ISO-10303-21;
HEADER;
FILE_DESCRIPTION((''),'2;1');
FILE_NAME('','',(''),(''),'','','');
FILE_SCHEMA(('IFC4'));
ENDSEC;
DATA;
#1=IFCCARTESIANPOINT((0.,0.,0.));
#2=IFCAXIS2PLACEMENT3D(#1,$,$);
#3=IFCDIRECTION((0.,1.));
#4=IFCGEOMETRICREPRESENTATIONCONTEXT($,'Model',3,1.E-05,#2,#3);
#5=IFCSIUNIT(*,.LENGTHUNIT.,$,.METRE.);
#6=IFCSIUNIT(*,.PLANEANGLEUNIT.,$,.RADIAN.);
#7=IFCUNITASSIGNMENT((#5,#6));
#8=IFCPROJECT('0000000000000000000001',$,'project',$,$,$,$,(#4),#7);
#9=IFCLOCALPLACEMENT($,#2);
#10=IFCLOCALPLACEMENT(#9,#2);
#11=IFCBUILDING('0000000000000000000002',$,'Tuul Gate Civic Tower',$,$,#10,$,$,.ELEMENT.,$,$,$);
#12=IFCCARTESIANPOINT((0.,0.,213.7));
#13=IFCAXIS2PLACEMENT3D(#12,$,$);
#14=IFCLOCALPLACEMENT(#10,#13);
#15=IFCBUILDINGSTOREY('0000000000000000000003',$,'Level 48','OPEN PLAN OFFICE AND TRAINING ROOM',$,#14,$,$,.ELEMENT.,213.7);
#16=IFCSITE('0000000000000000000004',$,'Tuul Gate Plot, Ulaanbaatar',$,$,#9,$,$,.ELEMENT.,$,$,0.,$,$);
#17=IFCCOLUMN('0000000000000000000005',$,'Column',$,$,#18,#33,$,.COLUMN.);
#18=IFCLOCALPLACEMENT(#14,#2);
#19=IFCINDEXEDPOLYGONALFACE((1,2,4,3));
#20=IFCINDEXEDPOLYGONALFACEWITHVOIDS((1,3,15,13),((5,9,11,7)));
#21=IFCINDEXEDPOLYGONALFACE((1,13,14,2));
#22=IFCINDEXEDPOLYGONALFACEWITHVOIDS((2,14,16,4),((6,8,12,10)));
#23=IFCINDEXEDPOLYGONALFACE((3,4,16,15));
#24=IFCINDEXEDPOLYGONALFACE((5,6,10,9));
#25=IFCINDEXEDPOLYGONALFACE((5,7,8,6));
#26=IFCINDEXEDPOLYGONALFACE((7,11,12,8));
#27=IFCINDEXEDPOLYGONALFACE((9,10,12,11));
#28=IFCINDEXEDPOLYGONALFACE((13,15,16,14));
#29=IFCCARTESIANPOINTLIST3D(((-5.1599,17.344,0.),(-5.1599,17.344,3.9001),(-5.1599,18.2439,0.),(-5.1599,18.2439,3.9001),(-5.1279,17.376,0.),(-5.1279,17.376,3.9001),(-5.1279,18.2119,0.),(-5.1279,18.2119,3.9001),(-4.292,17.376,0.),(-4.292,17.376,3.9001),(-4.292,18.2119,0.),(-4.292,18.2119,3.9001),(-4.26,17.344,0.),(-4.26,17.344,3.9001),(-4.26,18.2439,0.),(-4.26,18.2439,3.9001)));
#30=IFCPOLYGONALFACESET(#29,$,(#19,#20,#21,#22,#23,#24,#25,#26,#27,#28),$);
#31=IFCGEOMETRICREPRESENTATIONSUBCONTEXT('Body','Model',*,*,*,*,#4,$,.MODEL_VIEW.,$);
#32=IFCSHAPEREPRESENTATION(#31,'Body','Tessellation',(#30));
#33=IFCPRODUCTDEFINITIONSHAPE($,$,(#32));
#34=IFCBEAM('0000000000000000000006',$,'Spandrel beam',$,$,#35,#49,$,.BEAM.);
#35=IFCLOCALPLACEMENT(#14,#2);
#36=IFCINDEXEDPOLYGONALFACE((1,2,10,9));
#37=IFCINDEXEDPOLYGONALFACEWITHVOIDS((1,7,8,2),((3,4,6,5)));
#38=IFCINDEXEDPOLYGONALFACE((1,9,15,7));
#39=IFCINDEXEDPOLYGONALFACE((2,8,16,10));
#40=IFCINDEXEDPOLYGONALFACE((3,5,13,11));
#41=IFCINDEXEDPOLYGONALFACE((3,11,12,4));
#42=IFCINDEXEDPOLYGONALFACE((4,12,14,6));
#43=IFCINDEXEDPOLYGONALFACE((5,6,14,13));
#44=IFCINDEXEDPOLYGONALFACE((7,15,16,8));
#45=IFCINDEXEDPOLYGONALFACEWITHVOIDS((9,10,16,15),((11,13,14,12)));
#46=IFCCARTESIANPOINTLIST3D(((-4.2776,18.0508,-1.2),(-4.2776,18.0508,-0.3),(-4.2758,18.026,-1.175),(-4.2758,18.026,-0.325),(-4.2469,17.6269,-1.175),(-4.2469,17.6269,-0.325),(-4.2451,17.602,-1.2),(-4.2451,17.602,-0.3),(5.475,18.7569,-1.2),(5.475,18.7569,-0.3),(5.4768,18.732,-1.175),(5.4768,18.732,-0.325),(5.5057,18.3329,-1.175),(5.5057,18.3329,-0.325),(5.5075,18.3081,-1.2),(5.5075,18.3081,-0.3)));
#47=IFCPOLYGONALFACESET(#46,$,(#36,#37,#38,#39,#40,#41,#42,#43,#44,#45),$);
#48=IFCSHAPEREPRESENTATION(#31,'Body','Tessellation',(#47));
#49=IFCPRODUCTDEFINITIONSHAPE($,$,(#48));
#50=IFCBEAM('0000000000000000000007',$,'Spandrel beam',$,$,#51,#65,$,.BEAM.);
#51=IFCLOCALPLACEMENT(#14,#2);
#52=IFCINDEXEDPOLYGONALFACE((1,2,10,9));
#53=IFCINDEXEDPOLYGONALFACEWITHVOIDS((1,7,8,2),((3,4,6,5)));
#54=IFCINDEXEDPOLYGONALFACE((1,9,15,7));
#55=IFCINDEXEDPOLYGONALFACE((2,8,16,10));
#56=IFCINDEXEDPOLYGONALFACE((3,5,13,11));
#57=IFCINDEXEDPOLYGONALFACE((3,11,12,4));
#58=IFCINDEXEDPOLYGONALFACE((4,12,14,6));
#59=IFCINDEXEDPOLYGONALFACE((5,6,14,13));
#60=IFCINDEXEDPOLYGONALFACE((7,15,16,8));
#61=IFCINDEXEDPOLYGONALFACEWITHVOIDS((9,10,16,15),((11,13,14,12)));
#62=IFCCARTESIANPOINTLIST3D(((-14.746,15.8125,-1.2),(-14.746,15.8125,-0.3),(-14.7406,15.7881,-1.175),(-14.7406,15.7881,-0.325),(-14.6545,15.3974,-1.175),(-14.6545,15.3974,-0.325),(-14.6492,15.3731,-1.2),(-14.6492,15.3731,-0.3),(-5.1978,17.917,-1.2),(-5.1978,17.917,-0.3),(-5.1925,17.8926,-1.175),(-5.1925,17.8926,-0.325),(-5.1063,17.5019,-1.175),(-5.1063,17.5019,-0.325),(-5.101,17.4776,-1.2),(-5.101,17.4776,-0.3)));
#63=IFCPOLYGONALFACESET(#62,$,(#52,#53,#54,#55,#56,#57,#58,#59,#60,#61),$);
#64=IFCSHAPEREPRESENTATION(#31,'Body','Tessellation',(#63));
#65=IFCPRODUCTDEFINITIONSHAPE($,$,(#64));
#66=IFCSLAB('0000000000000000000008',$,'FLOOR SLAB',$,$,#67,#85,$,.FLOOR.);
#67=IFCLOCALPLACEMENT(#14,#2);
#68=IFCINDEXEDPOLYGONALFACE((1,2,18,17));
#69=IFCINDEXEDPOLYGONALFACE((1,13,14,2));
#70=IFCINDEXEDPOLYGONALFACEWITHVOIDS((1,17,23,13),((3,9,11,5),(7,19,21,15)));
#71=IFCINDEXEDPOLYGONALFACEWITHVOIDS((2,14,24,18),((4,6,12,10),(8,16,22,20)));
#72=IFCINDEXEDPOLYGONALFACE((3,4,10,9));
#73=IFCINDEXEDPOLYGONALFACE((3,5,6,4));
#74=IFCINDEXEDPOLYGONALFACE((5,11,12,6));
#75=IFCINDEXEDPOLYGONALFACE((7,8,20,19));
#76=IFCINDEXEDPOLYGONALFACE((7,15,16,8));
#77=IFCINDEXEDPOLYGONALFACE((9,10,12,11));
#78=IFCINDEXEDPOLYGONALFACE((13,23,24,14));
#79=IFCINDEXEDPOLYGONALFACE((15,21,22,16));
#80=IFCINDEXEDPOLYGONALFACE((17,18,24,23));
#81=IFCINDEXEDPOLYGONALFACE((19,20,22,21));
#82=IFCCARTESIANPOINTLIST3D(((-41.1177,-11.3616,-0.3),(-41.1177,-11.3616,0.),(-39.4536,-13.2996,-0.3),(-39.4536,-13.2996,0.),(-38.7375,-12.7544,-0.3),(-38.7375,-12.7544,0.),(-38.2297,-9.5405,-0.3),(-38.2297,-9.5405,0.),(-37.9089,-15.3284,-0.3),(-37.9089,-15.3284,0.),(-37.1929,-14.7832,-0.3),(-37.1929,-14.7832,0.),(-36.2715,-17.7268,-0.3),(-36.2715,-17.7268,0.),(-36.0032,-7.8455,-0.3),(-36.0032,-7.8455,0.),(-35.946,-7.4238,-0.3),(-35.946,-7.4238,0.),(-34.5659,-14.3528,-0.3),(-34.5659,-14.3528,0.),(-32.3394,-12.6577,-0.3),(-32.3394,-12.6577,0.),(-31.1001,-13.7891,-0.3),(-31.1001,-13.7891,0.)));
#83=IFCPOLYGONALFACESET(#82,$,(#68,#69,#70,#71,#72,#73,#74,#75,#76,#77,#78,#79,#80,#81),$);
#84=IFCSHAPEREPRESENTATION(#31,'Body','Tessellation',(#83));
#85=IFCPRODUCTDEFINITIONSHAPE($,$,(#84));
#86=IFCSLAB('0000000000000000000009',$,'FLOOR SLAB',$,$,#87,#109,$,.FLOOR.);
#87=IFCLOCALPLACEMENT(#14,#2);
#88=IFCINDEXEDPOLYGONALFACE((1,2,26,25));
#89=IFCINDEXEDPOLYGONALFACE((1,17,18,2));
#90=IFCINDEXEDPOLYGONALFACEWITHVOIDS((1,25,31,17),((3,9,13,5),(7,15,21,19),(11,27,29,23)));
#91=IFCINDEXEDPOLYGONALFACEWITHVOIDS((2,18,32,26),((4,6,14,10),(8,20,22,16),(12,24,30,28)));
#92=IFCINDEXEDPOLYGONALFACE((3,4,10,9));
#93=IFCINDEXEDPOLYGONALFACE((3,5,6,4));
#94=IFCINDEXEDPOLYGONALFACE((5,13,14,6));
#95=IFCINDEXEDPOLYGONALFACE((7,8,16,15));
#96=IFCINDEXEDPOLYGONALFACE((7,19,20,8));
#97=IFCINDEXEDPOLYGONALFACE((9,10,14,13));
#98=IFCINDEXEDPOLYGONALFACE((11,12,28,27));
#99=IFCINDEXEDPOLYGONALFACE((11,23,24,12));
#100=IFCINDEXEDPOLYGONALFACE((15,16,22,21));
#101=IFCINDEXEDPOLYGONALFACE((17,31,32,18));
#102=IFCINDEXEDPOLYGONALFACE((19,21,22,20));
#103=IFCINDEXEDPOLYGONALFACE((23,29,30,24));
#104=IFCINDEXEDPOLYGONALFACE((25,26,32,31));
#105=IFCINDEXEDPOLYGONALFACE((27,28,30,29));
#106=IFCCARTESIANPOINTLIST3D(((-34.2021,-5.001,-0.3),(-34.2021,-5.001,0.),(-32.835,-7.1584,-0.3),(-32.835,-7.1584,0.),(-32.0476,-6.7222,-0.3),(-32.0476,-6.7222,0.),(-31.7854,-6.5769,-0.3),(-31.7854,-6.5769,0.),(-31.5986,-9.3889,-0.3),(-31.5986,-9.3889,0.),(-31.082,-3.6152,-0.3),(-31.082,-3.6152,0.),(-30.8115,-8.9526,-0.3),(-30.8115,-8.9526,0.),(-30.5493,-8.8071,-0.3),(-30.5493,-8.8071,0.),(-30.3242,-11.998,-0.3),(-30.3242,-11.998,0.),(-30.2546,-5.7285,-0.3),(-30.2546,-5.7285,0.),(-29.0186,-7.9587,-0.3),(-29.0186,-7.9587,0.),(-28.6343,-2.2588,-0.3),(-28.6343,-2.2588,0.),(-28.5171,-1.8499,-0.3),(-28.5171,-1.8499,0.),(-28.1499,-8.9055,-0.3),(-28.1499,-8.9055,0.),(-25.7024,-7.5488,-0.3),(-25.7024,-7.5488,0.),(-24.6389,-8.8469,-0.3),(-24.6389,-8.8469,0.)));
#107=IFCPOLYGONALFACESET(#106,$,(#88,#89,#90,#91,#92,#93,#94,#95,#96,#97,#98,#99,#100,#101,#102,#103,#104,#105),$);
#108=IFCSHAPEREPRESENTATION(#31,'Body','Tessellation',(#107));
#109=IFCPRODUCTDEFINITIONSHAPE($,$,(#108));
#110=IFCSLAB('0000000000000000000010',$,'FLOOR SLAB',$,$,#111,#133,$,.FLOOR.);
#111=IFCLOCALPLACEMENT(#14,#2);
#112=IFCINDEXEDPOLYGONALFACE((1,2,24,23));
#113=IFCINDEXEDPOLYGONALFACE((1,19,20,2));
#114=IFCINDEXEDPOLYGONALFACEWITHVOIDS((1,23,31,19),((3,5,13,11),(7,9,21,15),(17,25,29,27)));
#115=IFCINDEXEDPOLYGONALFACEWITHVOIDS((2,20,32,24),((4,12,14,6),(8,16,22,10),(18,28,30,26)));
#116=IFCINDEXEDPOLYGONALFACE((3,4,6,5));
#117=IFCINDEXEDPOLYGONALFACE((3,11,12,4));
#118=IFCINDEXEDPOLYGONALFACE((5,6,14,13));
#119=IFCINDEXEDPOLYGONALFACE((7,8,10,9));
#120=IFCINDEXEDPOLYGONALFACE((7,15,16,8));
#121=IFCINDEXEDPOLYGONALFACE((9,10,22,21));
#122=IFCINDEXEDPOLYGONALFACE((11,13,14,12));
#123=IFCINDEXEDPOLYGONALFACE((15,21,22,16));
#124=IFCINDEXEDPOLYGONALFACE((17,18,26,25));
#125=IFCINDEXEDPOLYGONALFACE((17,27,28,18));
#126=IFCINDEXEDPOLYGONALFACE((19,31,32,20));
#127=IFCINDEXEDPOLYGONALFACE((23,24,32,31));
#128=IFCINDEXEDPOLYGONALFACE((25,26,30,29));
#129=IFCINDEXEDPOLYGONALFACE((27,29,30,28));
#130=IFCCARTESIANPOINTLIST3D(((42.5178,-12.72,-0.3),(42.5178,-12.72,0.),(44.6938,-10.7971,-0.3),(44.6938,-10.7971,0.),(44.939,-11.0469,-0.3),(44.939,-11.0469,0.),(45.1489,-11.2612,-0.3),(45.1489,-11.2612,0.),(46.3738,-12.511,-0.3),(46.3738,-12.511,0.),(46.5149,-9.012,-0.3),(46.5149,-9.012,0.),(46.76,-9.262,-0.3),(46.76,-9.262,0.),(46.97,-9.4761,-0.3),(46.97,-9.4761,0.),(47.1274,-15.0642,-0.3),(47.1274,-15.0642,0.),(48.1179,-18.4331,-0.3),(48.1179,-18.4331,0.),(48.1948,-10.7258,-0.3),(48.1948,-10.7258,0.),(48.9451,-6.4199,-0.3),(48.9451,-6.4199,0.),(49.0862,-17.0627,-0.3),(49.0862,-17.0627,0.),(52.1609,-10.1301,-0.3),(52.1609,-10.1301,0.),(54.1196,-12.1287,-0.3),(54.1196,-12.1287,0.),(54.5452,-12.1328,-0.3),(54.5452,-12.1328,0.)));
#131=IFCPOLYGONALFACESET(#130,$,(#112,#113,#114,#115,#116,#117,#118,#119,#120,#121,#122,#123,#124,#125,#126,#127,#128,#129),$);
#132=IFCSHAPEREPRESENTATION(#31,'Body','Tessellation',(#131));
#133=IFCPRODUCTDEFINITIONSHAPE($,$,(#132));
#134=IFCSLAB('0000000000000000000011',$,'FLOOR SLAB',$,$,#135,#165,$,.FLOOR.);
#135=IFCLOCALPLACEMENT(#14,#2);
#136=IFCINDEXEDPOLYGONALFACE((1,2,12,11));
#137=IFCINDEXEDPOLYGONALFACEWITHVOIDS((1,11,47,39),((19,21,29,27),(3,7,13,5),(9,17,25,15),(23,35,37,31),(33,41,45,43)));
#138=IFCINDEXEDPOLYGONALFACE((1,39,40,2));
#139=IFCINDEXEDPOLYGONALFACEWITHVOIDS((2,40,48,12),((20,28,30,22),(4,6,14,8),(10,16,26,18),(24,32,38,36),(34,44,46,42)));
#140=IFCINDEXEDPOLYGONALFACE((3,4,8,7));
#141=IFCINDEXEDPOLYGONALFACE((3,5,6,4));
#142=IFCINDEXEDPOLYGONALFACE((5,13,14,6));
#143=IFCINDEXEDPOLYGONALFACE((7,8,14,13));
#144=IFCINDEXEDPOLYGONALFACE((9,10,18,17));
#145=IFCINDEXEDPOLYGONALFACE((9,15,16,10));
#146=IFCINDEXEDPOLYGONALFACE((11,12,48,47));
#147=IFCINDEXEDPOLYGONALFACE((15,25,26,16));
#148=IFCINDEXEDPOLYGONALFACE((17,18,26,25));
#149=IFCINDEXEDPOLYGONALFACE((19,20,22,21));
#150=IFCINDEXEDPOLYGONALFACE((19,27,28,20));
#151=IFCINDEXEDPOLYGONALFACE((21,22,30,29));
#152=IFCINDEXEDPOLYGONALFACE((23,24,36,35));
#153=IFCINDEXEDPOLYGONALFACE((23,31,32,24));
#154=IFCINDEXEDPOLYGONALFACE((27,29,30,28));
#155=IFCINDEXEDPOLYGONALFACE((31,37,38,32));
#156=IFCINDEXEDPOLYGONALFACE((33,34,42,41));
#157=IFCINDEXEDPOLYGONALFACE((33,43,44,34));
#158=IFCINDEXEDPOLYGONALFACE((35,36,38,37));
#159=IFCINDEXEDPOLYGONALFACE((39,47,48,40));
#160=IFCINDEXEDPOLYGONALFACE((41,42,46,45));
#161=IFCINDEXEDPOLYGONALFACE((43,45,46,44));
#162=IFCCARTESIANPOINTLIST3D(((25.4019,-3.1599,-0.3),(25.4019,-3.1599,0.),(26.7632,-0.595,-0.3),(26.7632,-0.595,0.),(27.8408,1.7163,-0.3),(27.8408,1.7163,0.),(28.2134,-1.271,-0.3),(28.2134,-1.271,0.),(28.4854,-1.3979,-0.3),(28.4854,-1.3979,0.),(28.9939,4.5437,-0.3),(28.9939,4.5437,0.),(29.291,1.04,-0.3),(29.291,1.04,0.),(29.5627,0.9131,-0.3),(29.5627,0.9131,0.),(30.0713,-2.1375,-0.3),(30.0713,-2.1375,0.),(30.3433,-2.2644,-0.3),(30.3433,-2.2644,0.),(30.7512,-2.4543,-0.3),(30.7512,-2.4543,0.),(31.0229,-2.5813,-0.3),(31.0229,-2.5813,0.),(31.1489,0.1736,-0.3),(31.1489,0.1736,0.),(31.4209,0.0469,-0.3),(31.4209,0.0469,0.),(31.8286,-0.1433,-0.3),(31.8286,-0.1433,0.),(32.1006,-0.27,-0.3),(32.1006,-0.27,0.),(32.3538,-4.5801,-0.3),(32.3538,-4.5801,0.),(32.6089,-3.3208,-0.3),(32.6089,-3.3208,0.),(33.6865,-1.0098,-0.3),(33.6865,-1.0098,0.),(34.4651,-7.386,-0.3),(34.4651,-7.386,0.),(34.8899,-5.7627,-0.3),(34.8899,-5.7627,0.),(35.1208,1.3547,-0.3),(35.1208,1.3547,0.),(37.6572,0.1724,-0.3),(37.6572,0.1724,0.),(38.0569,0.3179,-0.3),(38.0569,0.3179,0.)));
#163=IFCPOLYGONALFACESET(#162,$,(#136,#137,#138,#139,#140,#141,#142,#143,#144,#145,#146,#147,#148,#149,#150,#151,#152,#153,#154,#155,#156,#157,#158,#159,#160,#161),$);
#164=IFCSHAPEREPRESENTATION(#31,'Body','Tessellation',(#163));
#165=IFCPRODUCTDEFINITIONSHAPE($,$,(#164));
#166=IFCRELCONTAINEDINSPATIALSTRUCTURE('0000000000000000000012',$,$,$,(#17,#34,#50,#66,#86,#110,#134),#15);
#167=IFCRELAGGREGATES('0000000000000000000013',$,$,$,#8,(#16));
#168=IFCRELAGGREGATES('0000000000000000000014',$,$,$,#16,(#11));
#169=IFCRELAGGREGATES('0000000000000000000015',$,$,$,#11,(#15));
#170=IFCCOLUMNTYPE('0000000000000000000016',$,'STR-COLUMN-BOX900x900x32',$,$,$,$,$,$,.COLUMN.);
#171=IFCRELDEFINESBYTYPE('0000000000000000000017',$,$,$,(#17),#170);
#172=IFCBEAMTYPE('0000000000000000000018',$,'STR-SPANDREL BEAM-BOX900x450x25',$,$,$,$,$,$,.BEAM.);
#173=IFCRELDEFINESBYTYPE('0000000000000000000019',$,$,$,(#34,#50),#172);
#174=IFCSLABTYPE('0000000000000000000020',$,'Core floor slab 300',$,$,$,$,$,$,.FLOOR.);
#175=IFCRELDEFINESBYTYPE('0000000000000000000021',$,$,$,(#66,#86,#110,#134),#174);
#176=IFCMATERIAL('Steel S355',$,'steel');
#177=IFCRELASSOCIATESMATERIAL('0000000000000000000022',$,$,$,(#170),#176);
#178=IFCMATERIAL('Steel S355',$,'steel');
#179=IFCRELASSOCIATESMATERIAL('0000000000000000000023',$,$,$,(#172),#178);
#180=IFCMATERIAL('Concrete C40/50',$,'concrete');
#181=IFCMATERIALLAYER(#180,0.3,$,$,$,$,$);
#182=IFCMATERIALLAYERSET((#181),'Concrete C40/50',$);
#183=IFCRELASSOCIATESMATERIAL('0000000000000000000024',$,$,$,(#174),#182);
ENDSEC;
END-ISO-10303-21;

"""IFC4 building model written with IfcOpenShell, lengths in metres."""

from ifc_helpers import new_model, si_unit, direction, frame, origin, origin_2d, place, context, subcontext, project, spatial, polyline, hollow_rectangle, outline, extrude, material, layer, layer_set, material_profile, profile_set, type_object, element, save


model = new_model("IFC4")

# Units and contexts
model_context = context("Model", 3, precision=1e-05, world=origin(), true_north=direction((0.0, 1.0)))
body_context = subcontext(model_context, "Body", "Model", "MODEL_VIEW")
ifc_project = project(units=[si_unit("LENGTHUNIT", "METRE"), si_unit("PLANEANGLEUNIT", "RADIAN")], contexts=[model_context])

# Site, building, storey
site_placement = place(None, origin())
site = spatial("IfcSite", under=ifc_project, at=site_placement, Name="Tuul Gate Plot, Ulaanbaatar", CompositionType="ELEMENT", RefElevation=0.0)
building_placement = place(site_placement, origin())
building = spatial("IfcBuilding", under=site, at=building_placement, Name="Tuul Gate Civic Tower", CompositionType="ELEMENT")
storey_placement = place(building_placement, frame((0.0, 0.0, 213.7)))
storey = spatial("IfcBuildingStorey", under=building, at=storey_placement, Name="Level 48", Description="OPEN PLAN OFFICE AND TRAINING ROOM", CompositionType="ELEMENT", Elevation=213.7)

# Column
ifc_material_1 = material(Name="Steel S355", Category="steel")
ifc_material_profile_1 = material_profile(ifc_material_1, hollow_rectangle(XDim=0.8999, YDim=0.8999, WallThickness=0.032, at=origin_2d()), Name="BOX900x900x32")
ifc_profile_set_1 = profile_set([ifc_material_profile_1], Name="Steel S355")
column_type = type_object("IfcColumnType", Name="STR-COLUMN-BOX900x900x32", PredefinedType="COLUMN", material=ifc_profile_set_1)
column_placement = place(storey_placement, frame((-4.71, 17.7939, 0.0), z_axis=(0.0, 0.0, 1.0), x_axis=(1.0, 0.0, 0.0)))
element("IfcColumn", 1, at=column_placement, inside=storey, type_object=column_type, Name="Column", PredefinedType="COLUMN", context=body_context, shape_type="SweptSolid", body=[
    extrude(hollow_rectangle(XDim=0.8999, YDim=0.8999, WallThickness=0.032, at=origin_2d()), origin(), (0.0, 0.0, 1.0), 3.9001),
])

# Beams
ifc_material_2 = material(Name="Steel S355", Category="steel")
ifc_material_profile_2 = material_profile(ifc_material_2, hollow_rectangle(XDim=0.45, YDim=0.8999, WallThickness=0.0249, at=origin_2d()), Name="BOX900x450x25")
ifc_profile_set_2 = profile_set([ifc_material_profile_2], Name="Steel S355")
beam_type = type_object("IfcBeamType", Name="STR-SPANDREL BEAM-BOX900x450x25", PredefinedType="BEAM", material=ifc_profile_set_2)
beam_1_placement = place(storey_placement, frame((5.4912, 18.5325, -0.75), z_axis=(-0.99739, -0.072209, 0.0), x_axis=(0.072209, -0.99739, 0.0)))
element("IfcBeam", 2, at=beam_1_placement, inside=storey, type_object=beam_type, Name="Spandrel beam", PredefinedType="BEAM", context=body_context, shape_type="SweptSolid", body=[
    extrude(hollow_rectangle(XDim=0.45, YDim=0.8999, WallThickness=0.0249, at=origin_2d()), origin(), (0.0, 0.0, 1.0), 9.7781),
])
beam_2_placement = place(storey_placement, frame((-5.1494, 17.6973, -0.75), z_axis=(-0.97656, -0.215243, 0.0), x_axis=(0.215243, -0.97656, 0.0)))
element("IfcBeam", 3, at=beam_2_placement, inside=storey, type_object=beam_type, Name="Spandrel beam", PredefinedType="BEAM", context=body_context, shape_type="SweptSolid", body=[
    extrude(hollow_rectangle(XDim=0.45, YDim=0.8999, WallThickness=0.0249, at=origin_2d()), origin(), (0.0, 0.0, 1.0), 9.7773),
])

# Slabs
ifc_material_3 = material(Name="Concrete C40/50", Category="concrete")
ifc_layer_1 = layer(ifc_material_3, 0.3)
ifc_layer_set_1 = layer_set([ifc_layer_1], Name="Concrete C40/50")
slab_type_1 = type_object("IfcSlabType", Name="Core floor slab 300", PredefinedType="FLOOR", material=ifc_layer_set_1)
slab_1_placement = place(storey_placement, frame((0.0, 0.0, -0.3)))
element("IfcSlab", 4, at=slab_1_placement, inside=storey, type_object=slab_type_1, Name="FLOOR SLAB", PredefinedType="FLOOR", context=body_context, shape_type="SweptSolid", body=[
    extrude(outline(polyline([(-31.1001, -13.7891), (-35.946, -7.4238), (-41.1177, -11.3616), (-36.2715, -17.7268), (-31.1001, -13.7891)]), holes=[polyline([(-37.1929, -14.7832), (-38.7375, -12.7544), (-39.4536, -13.2996), (-37.9089, -15.3284), (-37.1929, -14.7832)]), polyline([(-32.3394, -12.6577), (-34.5659, -14.3528), (-38.2297, -9.5405), (-36.0032, -7.8455), (-32.3394, -12.6577)])]), origin(), (0.0, 0.0, 1.0), 0.3),
])
slab_2_placement = place(storey_placement, frame((0.0, 0.0, -0.3)))
element("IfcSlab", 5, at=slab_2_placement, inside=storey, type_object=slab_type_1, Name="FLOOR SLAB", PredefinedType="FLOOR", context=body_context, shape_type="SweptSolid", body=[
    extrude(outline(polyline([(-24.6389, -8.8469), (-28.5171, -1.8499), (-34.2021, -5.001), (-30.3242, -11.998), (-24.6389, -8.8469)]), holes=[polyline([(-29.0186, -7.9587), (-30.2546, -5.7285), (-31.7854, -6.5769), (-30.5493, -8.8071), (-29.0186, -7.9587)]), polyline([(-30.8115, -8.9526), (-32.0476, -6.7222), (-32.835, -7.1584), (-31.5986, -9.3889), (-30.8115, -8.9526)]), polyline([(-25.7024, -7.5488), (-28.1499, -8.9055), (-31.082, -3.6152), (-28.6343, -2.2588), (-25.7024, -7.5488)])]), origin(), (0.0, 0.0, 1.0), 0.3),
])
slab_3_placement = place(storey_placement, frame((0.0, 0.0, -0.3)))
element("IfcSlab", 6, at=slab_3_placement, inside=storey, type_object=slab_type_1, Name="FLOOR SLAB", PredefinedType="FLOOR", context=body_context, shape_type="SweptSolid", body=[
    extrude(outline(polyline([(48.1179, -18.4331), (54.5452, -12.1328), (48.9451, -6.4199), (42.5178, -12.72), (48.1179, -18.4331)]), holes=[polyline([(46.3738, -12.511), (48.1948, -10.7258), (46.97, -9.4761), (45.1489, -11.2612), (46.3738, -12.511)]), polyline([(44.939, -11.0469), (46.76, -9.262), (46.5149, -9.012), (44.6938, -10.7971), (44.939, -11.0469)]), polyline([(49.0862, -17.0627), (47.1274, -15.0642), (52.1609, -10.1301), (54.1196, -12.1287), (49.0862, -17.0627)])]), origin(), (0.0, 0.0, 1.0), 0.3),
])
slab_4_placement = place(storey_placement, frame((0.0, 0.0, -0.3)))
element("IfcSlab", 7, at=slab_4_placement, inside=storey, type_object=slab_type_1, Name="FLOOR SLAB", PredefinedType="FLOOR", context=body_context, shape_type="SweptSolid", body=[
    extrude(outline(polyline([(34.4651, -7.386), (38.0569, 0.3179), (28.9939, 4.5437), (25.4019, -3.1599), (34.4651, -7.386)]), holes=[polyline([(32.6089, -3.3208), (33.6865, -1.0098), (32.1006, -0.27), (31.0229, -2.5813), (32.6089, -3.3208)]), polyline([(30.0713, -2.1375), (31.1489, 0.1736), (29.5627, 0.9131), (28.4854, -1.3979), (30.0713, -2.1375)]), polyline([(30.7512, -2.4543), (31.8286, -0.1433), (31.4209, 0.0469), (30.3433, -2.2644), (30.7512, -2.4543)]), polyline([(28.2134, -1.271), (29.291, 1.04), (27.8408, 1.7163), (26.7632, -0.595), (28.2134, -1.271)]), polyline([(34.8899, -5.7627), (32.3538, -4.5801), (35.1208, 1.3547), (37.6572, 0.1724), (34.8899, -5.7627)])]), origin(), (0.0, 0.0, 1.0), 0.3),
])

save(model, "model.ifc")
